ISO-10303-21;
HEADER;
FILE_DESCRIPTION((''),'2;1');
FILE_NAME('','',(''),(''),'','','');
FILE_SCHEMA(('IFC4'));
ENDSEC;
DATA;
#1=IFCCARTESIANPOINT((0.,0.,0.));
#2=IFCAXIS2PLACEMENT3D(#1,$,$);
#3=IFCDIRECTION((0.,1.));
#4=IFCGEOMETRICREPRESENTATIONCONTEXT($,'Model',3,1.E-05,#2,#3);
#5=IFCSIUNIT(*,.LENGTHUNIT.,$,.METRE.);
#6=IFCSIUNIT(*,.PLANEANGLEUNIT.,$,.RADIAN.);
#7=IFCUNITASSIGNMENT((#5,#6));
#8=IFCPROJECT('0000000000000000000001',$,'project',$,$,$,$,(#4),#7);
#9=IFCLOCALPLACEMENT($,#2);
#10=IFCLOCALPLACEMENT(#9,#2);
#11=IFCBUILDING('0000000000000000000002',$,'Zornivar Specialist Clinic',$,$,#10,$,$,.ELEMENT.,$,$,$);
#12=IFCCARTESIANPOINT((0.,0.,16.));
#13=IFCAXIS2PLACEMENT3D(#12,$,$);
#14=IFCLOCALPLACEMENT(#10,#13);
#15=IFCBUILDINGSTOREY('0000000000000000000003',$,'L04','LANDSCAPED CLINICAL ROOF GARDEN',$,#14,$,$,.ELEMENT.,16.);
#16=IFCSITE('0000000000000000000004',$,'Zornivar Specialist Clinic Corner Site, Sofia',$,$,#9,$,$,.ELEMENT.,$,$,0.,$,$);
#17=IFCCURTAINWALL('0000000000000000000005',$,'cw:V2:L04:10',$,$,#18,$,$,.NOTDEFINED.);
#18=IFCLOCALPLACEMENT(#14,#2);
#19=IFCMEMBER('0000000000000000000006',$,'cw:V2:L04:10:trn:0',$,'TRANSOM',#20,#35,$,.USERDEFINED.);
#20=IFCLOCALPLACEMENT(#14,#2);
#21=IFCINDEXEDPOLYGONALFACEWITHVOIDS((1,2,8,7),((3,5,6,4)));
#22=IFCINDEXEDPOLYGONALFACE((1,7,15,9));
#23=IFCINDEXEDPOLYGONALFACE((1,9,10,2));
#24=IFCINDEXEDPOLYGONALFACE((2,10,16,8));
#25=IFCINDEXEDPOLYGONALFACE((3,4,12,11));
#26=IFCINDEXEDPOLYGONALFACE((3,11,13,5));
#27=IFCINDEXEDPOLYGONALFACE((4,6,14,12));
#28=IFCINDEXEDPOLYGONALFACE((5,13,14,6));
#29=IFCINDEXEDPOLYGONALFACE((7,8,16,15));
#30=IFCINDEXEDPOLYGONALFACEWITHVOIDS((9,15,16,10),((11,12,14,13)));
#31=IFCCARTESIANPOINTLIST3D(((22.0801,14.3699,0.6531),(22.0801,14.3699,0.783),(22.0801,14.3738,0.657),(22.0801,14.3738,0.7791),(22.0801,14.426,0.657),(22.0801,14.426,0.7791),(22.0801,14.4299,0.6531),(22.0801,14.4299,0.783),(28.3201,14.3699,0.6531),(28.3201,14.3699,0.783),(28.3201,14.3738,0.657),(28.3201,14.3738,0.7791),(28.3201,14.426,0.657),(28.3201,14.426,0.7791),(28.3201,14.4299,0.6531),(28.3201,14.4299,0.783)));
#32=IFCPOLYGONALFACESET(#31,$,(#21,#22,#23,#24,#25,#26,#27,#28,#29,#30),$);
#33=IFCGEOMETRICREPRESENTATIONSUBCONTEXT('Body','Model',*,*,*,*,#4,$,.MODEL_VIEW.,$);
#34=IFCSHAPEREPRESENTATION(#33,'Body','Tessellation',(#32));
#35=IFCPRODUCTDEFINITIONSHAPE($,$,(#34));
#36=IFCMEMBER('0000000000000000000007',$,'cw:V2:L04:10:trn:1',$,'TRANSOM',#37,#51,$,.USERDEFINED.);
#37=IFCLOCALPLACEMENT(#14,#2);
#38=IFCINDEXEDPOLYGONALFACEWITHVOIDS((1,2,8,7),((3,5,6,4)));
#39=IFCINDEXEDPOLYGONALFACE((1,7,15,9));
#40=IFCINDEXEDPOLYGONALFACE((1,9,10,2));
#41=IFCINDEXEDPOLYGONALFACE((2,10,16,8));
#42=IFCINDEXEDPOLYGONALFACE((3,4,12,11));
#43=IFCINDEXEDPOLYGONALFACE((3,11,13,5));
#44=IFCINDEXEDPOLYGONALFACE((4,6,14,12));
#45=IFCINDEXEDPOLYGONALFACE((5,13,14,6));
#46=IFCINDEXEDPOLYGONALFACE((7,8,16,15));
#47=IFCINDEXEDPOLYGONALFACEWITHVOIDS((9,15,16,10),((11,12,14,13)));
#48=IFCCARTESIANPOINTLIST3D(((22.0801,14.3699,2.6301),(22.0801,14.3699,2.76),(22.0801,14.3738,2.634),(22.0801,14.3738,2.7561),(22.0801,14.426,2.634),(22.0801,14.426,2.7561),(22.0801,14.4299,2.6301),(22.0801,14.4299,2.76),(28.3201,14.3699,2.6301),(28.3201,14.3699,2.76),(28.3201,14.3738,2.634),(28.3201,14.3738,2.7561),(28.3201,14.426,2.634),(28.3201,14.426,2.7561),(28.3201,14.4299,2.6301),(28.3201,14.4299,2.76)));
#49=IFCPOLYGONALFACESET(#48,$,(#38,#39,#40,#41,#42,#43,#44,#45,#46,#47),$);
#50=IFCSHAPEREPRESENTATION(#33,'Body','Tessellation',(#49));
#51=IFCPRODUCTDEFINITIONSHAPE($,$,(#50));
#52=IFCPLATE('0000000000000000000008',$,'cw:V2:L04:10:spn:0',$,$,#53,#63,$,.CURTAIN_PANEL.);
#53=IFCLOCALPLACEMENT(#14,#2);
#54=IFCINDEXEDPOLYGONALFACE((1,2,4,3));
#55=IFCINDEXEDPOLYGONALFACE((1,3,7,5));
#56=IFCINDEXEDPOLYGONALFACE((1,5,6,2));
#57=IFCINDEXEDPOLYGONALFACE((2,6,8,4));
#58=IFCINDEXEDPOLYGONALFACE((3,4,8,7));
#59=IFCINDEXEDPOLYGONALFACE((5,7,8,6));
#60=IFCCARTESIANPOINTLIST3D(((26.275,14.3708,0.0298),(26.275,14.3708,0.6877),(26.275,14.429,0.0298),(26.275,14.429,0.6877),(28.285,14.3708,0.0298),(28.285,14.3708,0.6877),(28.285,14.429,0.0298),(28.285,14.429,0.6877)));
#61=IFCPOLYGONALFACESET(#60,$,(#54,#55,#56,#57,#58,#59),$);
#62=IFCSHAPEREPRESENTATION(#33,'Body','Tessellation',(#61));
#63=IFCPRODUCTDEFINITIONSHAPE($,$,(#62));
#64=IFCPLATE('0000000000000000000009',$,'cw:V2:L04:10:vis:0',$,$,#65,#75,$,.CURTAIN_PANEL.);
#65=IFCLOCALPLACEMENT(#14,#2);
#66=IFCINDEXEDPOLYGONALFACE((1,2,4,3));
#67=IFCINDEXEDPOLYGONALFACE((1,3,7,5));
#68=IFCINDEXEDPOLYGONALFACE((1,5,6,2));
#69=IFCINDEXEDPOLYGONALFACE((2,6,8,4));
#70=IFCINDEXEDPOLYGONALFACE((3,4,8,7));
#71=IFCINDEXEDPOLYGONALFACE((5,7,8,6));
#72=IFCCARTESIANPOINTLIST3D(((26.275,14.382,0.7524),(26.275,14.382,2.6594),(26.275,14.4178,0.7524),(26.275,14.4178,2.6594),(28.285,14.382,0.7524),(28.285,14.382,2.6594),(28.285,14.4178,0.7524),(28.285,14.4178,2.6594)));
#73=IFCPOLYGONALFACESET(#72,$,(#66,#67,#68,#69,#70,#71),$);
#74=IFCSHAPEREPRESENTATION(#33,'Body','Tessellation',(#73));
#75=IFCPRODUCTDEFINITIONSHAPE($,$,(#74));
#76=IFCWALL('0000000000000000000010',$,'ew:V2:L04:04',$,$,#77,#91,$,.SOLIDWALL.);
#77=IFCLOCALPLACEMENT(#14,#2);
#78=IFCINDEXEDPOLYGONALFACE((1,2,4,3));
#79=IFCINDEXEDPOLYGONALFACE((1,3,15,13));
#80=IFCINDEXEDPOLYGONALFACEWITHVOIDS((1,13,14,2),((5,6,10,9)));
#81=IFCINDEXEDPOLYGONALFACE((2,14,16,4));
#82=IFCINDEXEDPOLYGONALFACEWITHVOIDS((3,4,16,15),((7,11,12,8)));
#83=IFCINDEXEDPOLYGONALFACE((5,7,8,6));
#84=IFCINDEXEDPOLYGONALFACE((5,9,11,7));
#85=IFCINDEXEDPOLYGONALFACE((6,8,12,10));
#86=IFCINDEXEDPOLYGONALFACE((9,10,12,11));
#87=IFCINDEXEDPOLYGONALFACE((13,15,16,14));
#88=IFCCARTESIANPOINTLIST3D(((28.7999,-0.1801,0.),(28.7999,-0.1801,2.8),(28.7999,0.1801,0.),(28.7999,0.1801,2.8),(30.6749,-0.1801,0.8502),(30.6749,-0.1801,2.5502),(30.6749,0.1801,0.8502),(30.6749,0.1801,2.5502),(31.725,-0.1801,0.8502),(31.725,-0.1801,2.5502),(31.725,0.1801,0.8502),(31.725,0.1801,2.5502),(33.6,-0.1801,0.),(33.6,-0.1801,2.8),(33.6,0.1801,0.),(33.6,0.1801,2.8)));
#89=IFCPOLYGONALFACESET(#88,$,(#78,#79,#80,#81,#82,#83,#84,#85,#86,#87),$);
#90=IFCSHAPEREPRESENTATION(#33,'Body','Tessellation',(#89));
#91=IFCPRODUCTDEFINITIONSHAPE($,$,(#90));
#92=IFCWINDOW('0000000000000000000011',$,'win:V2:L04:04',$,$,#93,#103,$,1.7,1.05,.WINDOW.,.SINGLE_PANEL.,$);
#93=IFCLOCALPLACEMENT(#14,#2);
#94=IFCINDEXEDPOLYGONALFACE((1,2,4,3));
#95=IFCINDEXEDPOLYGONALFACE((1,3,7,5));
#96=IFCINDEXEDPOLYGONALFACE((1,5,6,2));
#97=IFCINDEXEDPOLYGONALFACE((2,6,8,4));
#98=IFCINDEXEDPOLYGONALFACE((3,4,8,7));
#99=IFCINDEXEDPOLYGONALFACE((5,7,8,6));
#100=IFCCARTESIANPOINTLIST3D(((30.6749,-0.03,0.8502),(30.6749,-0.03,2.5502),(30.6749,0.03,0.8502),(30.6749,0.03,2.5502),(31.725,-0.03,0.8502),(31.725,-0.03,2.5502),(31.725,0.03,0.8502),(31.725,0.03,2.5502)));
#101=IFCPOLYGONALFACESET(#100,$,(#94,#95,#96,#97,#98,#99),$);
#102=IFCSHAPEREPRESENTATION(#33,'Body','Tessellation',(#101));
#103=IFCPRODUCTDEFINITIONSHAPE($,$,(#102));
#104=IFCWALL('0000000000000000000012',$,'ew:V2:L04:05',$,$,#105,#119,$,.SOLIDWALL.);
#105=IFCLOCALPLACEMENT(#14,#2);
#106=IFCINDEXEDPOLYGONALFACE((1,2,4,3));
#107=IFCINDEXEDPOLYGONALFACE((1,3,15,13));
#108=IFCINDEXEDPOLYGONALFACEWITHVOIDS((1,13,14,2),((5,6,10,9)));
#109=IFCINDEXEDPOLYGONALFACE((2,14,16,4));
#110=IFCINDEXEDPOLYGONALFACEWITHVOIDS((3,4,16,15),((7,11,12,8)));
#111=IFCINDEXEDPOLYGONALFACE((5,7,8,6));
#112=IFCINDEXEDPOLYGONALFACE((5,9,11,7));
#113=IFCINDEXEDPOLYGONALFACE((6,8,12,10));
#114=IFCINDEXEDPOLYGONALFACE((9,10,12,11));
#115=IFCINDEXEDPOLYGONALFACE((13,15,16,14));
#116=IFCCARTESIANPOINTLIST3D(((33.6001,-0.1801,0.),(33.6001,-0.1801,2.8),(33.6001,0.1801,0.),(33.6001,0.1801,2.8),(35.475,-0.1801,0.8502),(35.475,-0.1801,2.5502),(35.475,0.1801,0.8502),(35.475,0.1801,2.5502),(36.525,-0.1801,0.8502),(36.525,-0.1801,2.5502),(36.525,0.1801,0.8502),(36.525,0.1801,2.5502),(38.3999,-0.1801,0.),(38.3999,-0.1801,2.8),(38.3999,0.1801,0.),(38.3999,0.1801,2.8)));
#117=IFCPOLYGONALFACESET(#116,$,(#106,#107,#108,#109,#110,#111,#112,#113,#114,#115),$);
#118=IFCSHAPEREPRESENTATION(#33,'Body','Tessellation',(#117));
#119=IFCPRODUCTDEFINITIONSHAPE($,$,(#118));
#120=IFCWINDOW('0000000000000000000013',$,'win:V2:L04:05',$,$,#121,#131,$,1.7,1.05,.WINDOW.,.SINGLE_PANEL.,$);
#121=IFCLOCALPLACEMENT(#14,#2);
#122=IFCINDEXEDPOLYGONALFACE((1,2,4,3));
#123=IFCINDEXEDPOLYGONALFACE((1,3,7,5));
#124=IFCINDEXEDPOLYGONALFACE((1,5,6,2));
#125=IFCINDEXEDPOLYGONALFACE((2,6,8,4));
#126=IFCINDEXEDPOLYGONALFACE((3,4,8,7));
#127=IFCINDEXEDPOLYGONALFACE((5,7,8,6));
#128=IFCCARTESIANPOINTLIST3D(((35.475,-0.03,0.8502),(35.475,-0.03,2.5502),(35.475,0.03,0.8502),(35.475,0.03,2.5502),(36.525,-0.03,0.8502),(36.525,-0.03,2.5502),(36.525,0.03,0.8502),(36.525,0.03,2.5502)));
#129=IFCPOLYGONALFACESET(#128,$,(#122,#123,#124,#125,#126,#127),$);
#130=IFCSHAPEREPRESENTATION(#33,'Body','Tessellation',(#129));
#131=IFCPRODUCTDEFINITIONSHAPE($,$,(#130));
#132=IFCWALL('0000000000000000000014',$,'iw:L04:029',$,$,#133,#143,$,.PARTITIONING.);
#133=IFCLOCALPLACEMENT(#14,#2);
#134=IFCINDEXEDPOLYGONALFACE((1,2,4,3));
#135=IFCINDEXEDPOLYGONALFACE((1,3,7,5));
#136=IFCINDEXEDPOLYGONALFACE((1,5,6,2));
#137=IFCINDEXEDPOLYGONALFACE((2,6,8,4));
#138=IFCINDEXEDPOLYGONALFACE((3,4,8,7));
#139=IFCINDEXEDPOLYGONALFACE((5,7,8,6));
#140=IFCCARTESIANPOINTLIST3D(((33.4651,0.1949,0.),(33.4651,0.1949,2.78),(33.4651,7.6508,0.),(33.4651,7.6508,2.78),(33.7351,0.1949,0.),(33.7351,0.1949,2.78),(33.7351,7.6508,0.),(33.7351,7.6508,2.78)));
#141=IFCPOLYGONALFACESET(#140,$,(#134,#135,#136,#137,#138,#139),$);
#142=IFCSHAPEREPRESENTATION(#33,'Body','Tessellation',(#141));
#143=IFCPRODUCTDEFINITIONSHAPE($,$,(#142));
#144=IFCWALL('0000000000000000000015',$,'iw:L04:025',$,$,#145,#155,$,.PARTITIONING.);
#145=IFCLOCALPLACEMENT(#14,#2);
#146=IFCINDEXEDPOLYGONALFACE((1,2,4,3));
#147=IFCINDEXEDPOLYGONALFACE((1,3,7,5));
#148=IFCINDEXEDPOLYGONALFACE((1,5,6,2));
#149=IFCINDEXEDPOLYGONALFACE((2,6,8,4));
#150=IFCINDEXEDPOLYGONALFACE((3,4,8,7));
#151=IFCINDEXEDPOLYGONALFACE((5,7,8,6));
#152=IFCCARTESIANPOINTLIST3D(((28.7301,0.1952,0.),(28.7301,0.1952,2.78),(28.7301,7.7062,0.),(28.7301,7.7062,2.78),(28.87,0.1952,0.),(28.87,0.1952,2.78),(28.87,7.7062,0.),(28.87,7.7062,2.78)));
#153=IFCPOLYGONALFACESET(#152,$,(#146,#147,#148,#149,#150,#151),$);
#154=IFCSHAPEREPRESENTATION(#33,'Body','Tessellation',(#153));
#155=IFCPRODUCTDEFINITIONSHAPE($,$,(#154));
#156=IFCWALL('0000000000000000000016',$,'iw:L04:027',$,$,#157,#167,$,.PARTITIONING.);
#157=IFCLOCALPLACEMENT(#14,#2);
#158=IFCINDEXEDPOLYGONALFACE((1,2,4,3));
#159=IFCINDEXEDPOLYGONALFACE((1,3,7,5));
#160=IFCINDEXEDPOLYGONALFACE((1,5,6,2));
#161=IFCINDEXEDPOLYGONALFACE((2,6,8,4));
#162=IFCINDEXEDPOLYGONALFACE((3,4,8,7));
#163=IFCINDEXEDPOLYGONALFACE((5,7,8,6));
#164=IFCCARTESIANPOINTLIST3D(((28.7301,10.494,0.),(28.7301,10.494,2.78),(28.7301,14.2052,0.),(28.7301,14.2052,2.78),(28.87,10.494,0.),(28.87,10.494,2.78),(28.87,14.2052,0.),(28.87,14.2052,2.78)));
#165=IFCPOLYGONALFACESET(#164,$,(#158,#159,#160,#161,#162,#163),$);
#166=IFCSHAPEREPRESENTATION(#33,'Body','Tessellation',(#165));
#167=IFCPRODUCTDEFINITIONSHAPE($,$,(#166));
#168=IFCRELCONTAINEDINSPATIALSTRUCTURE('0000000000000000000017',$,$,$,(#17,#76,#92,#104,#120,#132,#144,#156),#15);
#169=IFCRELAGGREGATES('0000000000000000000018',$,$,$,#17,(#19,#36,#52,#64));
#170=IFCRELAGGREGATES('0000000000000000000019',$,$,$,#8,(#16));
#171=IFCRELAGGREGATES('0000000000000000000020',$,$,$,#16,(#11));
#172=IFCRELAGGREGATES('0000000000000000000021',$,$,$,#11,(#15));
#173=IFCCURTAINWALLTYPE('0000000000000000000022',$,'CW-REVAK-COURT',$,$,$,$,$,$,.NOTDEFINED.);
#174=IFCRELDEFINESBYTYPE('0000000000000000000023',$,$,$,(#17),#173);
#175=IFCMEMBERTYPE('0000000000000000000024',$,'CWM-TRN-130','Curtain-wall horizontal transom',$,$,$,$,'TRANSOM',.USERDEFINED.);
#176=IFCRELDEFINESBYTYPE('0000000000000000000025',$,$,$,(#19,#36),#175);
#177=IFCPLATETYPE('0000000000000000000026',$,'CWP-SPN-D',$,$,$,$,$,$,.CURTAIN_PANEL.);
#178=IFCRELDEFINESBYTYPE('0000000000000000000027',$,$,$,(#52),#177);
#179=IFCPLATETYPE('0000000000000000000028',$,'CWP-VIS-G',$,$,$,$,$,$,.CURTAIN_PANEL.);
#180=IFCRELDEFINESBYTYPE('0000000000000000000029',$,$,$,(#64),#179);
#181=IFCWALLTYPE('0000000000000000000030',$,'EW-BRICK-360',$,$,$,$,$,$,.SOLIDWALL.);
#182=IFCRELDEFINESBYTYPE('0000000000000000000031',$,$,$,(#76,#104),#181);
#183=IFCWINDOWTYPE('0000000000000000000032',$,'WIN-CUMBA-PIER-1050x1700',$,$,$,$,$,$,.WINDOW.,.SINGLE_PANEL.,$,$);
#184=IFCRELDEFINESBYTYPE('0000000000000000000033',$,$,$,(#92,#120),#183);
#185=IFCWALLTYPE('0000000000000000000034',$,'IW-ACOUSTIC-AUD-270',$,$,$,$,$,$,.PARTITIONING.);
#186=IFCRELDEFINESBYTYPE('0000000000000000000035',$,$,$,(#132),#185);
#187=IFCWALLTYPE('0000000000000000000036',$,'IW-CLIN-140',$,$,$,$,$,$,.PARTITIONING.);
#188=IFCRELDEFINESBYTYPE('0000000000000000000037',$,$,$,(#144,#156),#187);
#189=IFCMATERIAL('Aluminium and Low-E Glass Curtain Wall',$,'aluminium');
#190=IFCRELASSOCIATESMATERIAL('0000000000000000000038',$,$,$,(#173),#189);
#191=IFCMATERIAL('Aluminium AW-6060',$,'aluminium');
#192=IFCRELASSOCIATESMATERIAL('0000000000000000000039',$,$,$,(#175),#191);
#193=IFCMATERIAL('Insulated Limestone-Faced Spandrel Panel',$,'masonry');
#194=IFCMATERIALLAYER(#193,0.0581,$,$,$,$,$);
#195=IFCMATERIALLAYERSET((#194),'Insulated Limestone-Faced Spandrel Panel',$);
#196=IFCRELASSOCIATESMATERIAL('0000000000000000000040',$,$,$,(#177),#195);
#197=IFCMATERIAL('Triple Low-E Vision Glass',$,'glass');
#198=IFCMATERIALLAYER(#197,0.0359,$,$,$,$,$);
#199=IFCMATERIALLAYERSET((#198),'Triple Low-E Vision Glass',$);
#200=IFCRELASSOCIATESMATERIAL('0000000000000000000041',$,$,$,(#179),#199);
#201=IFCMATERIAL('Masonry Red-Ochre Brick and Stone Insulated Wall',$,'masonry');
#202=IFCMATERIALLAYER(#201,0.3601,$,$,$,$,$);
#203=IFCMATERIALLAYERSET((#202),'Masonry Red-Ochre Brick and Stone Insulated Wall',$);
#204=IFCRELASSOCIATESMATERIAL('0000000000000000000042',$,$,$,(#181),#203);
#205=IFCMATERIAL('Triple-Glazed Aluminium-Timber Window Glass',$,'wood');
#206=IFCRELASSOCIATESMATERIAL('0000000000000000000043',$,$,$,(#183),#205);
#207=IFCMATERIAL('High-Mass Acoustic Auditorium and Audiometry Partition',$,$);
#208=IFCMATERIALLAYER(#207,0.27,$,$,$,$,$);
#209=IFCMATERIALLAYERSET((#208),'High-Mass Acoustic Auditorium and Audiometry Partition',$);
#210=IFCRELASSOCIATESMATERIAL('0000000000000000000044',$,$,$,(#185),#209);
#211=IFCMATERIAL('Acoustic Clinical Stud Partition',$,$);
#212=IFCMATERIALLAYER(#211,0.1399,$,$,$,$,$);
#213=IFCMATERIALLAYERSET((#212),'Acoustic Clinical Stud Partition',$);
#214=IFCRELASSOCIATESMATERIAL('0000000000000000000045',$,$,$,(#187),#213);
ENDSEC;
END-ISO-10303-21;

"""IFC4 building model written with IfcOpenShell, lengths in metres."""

from ifc_helpers import new_model, si_unit, direction, frame, frame_2d, origin, origin_2d, place, context, subcontext, project, spatial, rectangle, hollow_rectangle, extrude, material, layer, layer_set, material_profile, profile_set, type_object, element, fill, aggregate, save


model = new_model("IFC4")

# Units and contexts
model_context = context("Model", 3, precision=1e-05, world=origin(), true_north=direction((0.0, 1.0)))
body_context = subcontext(model_context, "Body", "Model", "MODEL_VIEW")
ifc_project = project(units=[si_unit("LENGTHUNIT", "METRE"), si_unit("PLANEANGLEUNIT", "RADIAN")], contexts=[model_context])

# Site, building, storey
site_placement = place(None, origin())
site = spatial("IfcSite", under=ifc_project, at=site_placement, Name="Zornivar Specialist Clinic Corner Site, Sofia", CompositionType="ELEMENT", RefElevation=0.0)
building_placement = place(site_placement, origin())
building = spatial("IfcBuilding", under=site, at=building_placement, Name="Zornivar Specialist Clinic", CompositionType="ELEMENT")
storey_placement = place(building_placement, frame((0.0, 0.0, 16.0)))
storey = spatial("IfcBuildingStorey", under=building, at=storey_placement, Name="L04", Description="LANDSCAPED CLINICAL ROOF GARDEN", CompositionType="ELEMENT", Elevation=16.0)

# Curtain wall, members, plates
ifc_material_1 = material(Name="Aluminium and Low-E Glass Curtain Wall", Category="aluminium")
curtain_wall_type = type_object("IfcCurtainWallType", Name="CW-REVAK-COURT", PredefinedType="NOTDEFINED", material=ifc_material_1)
curtain_wall_placement = place(storey_placement, origin())
curtain_wall = element("IfcCurtainWall", 1, at=curtain_wall_placement, inside=storey, type_object=curtain_wall_type, Name="cw:V2:L04:10", PredefinedType="NOTDEFINED")
ifc_material_2 = material(Name="Aluminium AW-6060", Category="aluminium")
ifc_material_profile_1 = material_profile(ifc_material_2, hollow_rectangle(XDim=0.0601, YDim=0.1299, WallThickness=0.0039, at=origin_2d()), Name="ALU 60x130x4")
ifc_profile_set_1 = profile_set([ifc_material_profile_1], Name="Aluminium AW-6060")
member_type_1 = type_object("IfcMemberType", Name="CWM-TRN-130", Description="Curtain-wall horizontal transom", ElementType="TRANSOM", PredefinedType="USERDEFINED", material=ifc_profile_set_1)
member_1_placement = place(storey_placement, frame((28.3201, 14.3999, 0.718), z_axis=(-1.0, 0.0, 0.0), x_axis=(0.0, -1.0, 0.0)))
member_1 = element("IfcMember", 2, at=member_1_placement, type_object=member_type_1, Name="cw:V2:L04:10:trn:0", ObjectType="TRANSOM", PredefinedType="USERDEFINED", context=body_context, shape_type="SweptSolid", body=[
    extrude(hollow_rectangle(XDim=0.0601, YDim=0.1299, WallThickness=0.0039, at=origin_2d()), origin(), (0.0, 0.0, 1.0), 6.24),
])
member_2_placement = place(storey_placement, frame((28.3201, 14.3999, 2.6951), z_axis=(-1.0, 0.0, 0.0), x_axis=(0.0, -1.0, 0.0)))
member_2 = element("IfcMember", 3, at=member_2_placement, type_object=member_type_1, Name="cw:V2:L04:10:trn:1", ObjectType="TRANSOM", PredefinedType="USERDEFINED", context=body_context, shape_type="SweptSolid", body=[
    extrude(hollow_rectangle(XDim=0.0601, YDim=0.1299, WallThickness=0.0039, at=origin_2d()), origin(), (0.0, 0.0, 1.0), 6.24),
])
ifc_material_3 = material(Name="Insulated Limestone-Faced Spandrel Panel", Category="masonry")
ifc_layer_1 = layer(ifc_material_3, 0.0581)
ifc_layer_set_1 = layer_set([ifc_layer_1], Name="Insulated Limestone-Faced Spandrel Panel")
plate_type_1 = type_object("IfcPlateType", Name="CWP-SPN-D", PredefinedType="CURTAIN_PANEL", material=ifc_layer_set_1)
plate_1_placement = place(storey_placement, frame((27.28, 14.3999, 0.0298), z_axis=(0.0, 0.0, 1.0), x_axis=(-1.0, 0.0, 0.0)))
plate_1 = element("IfcPlate", 4, at=plate_1_placement, type_object=plate_type_1, Name="cw:V2:L04:10:spn:0", PredefinedType="CURTAIN_PANEL", context=body_context, shape_type="SweptSolid", body=[
    extrude(rectangle(XDim=2.01, YDim=0.0581, at=origin_2d()), origin(), (0.0, 0.0, 1.0), 0.658),
])
ifc_material_4 = material(Name="Triple Low-E Vision Glass", Category="glass")
ifc_layer_2 = layer(ifc_material_4, 0.0359)
ifc_layer_set_2 = layer_set([ifc_layer_2], Name="Triple Low-E Vision Glass")
plate_type_2 = type_object("IfcPlateType", Name="CWP-VIS-G", PredefinedType="CURTAIN_PANEL", material=ifc_layer_set_2)
plate_2_placement = place(storey_placement, frame((27.28, 14.3999, 0.7524), z_axis=(0.0, 0.0, 1.0), x_axis=(-1.0, 0.0, 0.0)))
plate_2 = element("IfcPlate", 5, at=plate_2_placement, type_object=plate_type_2, Name="cw:V2:L04:10:vis:0", PredefinedType="CURTAIN_PANEL", context=body_context, shape_type="SweptSolid", body=[
    extrude(rectangle(XDim=2.01, YDim=0.0359, at=origin_2d()), origin(), (0.0, 0.0, 1.0), 1.907),
])
aggregate(curtain_wall, [member_1, member_2, plate_1, plate_2])

# Walls, openings, windows
ifc_material_5 = material(Name="Masonry Red-Ochre Brick and Stone Insulated Wall", Category="masonry")
ifc_layer_3 = layer(ifc_material_5, 0.3601)
ifc_layer_set_3 = layer_set([ifc_layer_3], Name="Masonry Red-Ochre Brick and Stone Insulated Wall")
wall_type_1 = type_object("IfcWallType", Name="EW-BRICK-360", PredefinedType="SOLIDWALL", material=ifc_layer_set_3)
wall_1_placement = place(storey_placement, frame((28.8, 0.0, 0.0), z_axis=(0.0, 0.0, 1.0), x_axis=(1.0, 0.0, 0.0)))
wall_1 = element("IfcWall", 6, at=wall_1_placement, inside=storey, type_object=wall_type_1, Name="ew:V2:L04:04", PredefinedType="SOLIDWALL", context=body_context, shape_type="SweptSolid", body=[
    extrude(rectangle(XDim=4.8, YDim=0.3601, at=frame_2d((2.3999, 0.0))), origin(), (0.0, 0.0, 1.0), 2.8),
])
opening_1_placement = place(wall_1_placement, frame((1.875, 0.0, 0.8501)))
opening_1 = element("IfcOpeningElement", 7, at=opening_1_placement, cuts=wall_1, PredefinedType="OPENING", context=body_context, shape_type="SweptSolid", body=[
    extrude(rectangle(XDim=1.05, YDim=1.7, at=frame_2d((0.5249, 0.8501))), frame((0.0, 0.1899, 0.0), z_axis=(0.0, -1.0, 0.0), x_axis=(1.0, 0.0, 0.0)), (0.0, 0.0, 1.0), 0.3801),
])
ifc_material_6 = material(Name="Triple-Glazed Aluminium-Timber Window Glass", Category="wood")
window_type = type_object("IfcWindowType", Name="WIN-CUMBA-PIER-1050x1700", PartitioningType="SINGLE_PANEL", PredefinedType="WINDOW", material=ifc_material_6)
window_1_placement = place(opening_1_placement, origin())
window_1 = element("IfcWindow", 8, at=window_1_placement, inside=storey, type_object=window_type, Name="win:V2:L04:04", OverallHeight=1.7, OverallWidth=1.05, PartitioningType="SINGLE_PANEL", PredefinedType="WINDOW", context=body_context, shape_type="SweptSolid", body=[
    extrude(rectangle(XDim=1.05, YDim=1.7, at=frame_2d((0.5249, 0.8501))), frame((0.0, 0.03, 0.0), z_axis=(0.0, -1.0, 0.0), x_axis=(1.0, 0.0, 0.0)), (0.0, 0.0, 1.0), 0.0601),
])
fill(opening_1, window_1)
wall_2_placement = place(storey_placement, frame((33.6001, 0.0, 0.0), z_axis=(0.0, 0.0, 1.0), x_axis=(1.0, 0.0, 0.0)))
wall_2 = element("IfcWall", 9, at=wall_2_placement, inside=storey, type_object=wall_type_1, Name="ew:V2:L04:05", PredefinedType="SOLIDWALL", context=body_context, shape_type="SweptSolid", body=[
    extrude(rectangle(XDim=4.7998, YDim=0.3601, at=frame_2d((2.3999, 0.0))), origin(), (0.0, 0.0, 1.0), 2.8),
])
opening_2_placement = place(wall_2_placement, frame((1.875, 0.0, 0.8501)))
opening_2 = element("IfcOpeningElement", 10, at=opening_2_placement, cuts=wall_2, PredefinedType="OPENING", context=body_context, shape_type="SweptSolid", body=[
    extrude(rectangle(XDim=1.05, YDim=1.7, at=frame_2d((0.5249, 0.8501))), frame((0.0, 0.1899, 0.0), z_axis=(0.0, -1.0, 0.0), x_axis=(1.0, 0.0, 0.0)), (0.0, 0.0, 1.0), 0.3801),
])
window_2_placement = place(opening_2_placement, origin())
window_2 = element("IfcWindow", 11, at=window_2_placement, inside=storey, type_object=window_type, Name="win:V2:L04:05", OverallHeight=1.7, OverallWidth=1.05, PartitioningType="SINGLE_PANEL", PredefinedType="WINDOW", context=body_context, shape_type="SweptSolid", body=[
    extrude(rectangle(XDim=1.05, YDim=1.7, at=frame_2d((0.5249, 0.8501))), frame((0.0, 0.03, 0.0), z_axis=(0.0, -1.0, 0.0), x_axis=(1.0, 0.0, 0.0)), (0.0, 0.0, 1.0), 0.0601),
])
fill(opening_2, window_2)

# Shared definitions
ifc_material_7 = material(Name="High-Mass Acoustic Auditorium and Audiometry Partition")
ifc_layer_4 = layer(ifc_material_7, 0.27)
ifc_layer_set_4 = layer_set([ifc_layer_4], Name="High-Mass Acoustic Auditorium and Audiometry Partition")
wall_type_2 = type_object("IfcWallType", Name="IW-ACOUSTIC-AUD-270", PredefinedType="PARTITIONING", material=ifc_layer_set_4)

# Walls
wall_3_placement = place(storey_placement, frame((33.6001, 7.6509, 0.0), z_axis=(0.0, 0.0, 1.0), x_axis=(0.0, -1.0, 0.0)))
element("IfcWall", 12, at=wall_3_placement, inside=storey, type_object=wall_type_2, Name="iw:L04:029", PredefinedType="PARTITIONING", context=body_context, shape_type="SweptSolid", body=[
    extrude(rectangle(XDim=7.4558, YDim=0.27, at=frame_2d((3.728, 0.0))), origin(), (0.0, 0.0, 1.0), 2.78),
])
ifc_material_8 = material(Name="Acoustic Clinical Stud Partition")
ifc_layer_5 = layer(ifc_material_8, 0.1399)
ifc_layer_set_5 = layer_set([ifc_layer_5], Name="Acoustic Clinical Stud Partition")
wall_type_3 = type_object("IfcWallType", Name="IW-CLIN-140", PredefinedType="PARTITIONING", material=ifc_layer_set_5)
wall_4_placement = place(storey_placement, frame((28.8, 7.7061, 0.0), z_axis=(0.0, 0.0, 1.0), x_axis=(0.0, -1.0, 0.0)))
element("IfcWall", 13, at=wall_4_placement, inside=storey, type_object=wall_type_3, Name="iw:L04:025", PredefinedType="PARTITIONING", context=body_context, shape_type="SweptSolid", body=[
    extrude(rectangle(XDim=7.511, YDim=0.1399, at=frame_2d((3.7554, 0.0))), origin(), (0.0, 0.0, 1.0), 2.78),
])
wall_5_placement = place(storey_placement, frame((28.8, 14.2051, 0.0), z_axis=(0.0, 0.0, 1.0), x_axis=(0.0, -1.0, 0.0)))
element("IfcWall", 14, at=wall_5_placement, inside=storey, type_object=wall_type_3, Name="iw:L04:027", PredefinedType="PARTITIONING", context=body_context, shape_type="SweptSolid", body=[
    extrude(rectangle(XDim=3.7112, YDim=0.1399, at=frame_2d((1.8555, 0.0))), origin(), (0.0, 0.0, 1.0), 2.78),
])

save(model, "model.ifc")
